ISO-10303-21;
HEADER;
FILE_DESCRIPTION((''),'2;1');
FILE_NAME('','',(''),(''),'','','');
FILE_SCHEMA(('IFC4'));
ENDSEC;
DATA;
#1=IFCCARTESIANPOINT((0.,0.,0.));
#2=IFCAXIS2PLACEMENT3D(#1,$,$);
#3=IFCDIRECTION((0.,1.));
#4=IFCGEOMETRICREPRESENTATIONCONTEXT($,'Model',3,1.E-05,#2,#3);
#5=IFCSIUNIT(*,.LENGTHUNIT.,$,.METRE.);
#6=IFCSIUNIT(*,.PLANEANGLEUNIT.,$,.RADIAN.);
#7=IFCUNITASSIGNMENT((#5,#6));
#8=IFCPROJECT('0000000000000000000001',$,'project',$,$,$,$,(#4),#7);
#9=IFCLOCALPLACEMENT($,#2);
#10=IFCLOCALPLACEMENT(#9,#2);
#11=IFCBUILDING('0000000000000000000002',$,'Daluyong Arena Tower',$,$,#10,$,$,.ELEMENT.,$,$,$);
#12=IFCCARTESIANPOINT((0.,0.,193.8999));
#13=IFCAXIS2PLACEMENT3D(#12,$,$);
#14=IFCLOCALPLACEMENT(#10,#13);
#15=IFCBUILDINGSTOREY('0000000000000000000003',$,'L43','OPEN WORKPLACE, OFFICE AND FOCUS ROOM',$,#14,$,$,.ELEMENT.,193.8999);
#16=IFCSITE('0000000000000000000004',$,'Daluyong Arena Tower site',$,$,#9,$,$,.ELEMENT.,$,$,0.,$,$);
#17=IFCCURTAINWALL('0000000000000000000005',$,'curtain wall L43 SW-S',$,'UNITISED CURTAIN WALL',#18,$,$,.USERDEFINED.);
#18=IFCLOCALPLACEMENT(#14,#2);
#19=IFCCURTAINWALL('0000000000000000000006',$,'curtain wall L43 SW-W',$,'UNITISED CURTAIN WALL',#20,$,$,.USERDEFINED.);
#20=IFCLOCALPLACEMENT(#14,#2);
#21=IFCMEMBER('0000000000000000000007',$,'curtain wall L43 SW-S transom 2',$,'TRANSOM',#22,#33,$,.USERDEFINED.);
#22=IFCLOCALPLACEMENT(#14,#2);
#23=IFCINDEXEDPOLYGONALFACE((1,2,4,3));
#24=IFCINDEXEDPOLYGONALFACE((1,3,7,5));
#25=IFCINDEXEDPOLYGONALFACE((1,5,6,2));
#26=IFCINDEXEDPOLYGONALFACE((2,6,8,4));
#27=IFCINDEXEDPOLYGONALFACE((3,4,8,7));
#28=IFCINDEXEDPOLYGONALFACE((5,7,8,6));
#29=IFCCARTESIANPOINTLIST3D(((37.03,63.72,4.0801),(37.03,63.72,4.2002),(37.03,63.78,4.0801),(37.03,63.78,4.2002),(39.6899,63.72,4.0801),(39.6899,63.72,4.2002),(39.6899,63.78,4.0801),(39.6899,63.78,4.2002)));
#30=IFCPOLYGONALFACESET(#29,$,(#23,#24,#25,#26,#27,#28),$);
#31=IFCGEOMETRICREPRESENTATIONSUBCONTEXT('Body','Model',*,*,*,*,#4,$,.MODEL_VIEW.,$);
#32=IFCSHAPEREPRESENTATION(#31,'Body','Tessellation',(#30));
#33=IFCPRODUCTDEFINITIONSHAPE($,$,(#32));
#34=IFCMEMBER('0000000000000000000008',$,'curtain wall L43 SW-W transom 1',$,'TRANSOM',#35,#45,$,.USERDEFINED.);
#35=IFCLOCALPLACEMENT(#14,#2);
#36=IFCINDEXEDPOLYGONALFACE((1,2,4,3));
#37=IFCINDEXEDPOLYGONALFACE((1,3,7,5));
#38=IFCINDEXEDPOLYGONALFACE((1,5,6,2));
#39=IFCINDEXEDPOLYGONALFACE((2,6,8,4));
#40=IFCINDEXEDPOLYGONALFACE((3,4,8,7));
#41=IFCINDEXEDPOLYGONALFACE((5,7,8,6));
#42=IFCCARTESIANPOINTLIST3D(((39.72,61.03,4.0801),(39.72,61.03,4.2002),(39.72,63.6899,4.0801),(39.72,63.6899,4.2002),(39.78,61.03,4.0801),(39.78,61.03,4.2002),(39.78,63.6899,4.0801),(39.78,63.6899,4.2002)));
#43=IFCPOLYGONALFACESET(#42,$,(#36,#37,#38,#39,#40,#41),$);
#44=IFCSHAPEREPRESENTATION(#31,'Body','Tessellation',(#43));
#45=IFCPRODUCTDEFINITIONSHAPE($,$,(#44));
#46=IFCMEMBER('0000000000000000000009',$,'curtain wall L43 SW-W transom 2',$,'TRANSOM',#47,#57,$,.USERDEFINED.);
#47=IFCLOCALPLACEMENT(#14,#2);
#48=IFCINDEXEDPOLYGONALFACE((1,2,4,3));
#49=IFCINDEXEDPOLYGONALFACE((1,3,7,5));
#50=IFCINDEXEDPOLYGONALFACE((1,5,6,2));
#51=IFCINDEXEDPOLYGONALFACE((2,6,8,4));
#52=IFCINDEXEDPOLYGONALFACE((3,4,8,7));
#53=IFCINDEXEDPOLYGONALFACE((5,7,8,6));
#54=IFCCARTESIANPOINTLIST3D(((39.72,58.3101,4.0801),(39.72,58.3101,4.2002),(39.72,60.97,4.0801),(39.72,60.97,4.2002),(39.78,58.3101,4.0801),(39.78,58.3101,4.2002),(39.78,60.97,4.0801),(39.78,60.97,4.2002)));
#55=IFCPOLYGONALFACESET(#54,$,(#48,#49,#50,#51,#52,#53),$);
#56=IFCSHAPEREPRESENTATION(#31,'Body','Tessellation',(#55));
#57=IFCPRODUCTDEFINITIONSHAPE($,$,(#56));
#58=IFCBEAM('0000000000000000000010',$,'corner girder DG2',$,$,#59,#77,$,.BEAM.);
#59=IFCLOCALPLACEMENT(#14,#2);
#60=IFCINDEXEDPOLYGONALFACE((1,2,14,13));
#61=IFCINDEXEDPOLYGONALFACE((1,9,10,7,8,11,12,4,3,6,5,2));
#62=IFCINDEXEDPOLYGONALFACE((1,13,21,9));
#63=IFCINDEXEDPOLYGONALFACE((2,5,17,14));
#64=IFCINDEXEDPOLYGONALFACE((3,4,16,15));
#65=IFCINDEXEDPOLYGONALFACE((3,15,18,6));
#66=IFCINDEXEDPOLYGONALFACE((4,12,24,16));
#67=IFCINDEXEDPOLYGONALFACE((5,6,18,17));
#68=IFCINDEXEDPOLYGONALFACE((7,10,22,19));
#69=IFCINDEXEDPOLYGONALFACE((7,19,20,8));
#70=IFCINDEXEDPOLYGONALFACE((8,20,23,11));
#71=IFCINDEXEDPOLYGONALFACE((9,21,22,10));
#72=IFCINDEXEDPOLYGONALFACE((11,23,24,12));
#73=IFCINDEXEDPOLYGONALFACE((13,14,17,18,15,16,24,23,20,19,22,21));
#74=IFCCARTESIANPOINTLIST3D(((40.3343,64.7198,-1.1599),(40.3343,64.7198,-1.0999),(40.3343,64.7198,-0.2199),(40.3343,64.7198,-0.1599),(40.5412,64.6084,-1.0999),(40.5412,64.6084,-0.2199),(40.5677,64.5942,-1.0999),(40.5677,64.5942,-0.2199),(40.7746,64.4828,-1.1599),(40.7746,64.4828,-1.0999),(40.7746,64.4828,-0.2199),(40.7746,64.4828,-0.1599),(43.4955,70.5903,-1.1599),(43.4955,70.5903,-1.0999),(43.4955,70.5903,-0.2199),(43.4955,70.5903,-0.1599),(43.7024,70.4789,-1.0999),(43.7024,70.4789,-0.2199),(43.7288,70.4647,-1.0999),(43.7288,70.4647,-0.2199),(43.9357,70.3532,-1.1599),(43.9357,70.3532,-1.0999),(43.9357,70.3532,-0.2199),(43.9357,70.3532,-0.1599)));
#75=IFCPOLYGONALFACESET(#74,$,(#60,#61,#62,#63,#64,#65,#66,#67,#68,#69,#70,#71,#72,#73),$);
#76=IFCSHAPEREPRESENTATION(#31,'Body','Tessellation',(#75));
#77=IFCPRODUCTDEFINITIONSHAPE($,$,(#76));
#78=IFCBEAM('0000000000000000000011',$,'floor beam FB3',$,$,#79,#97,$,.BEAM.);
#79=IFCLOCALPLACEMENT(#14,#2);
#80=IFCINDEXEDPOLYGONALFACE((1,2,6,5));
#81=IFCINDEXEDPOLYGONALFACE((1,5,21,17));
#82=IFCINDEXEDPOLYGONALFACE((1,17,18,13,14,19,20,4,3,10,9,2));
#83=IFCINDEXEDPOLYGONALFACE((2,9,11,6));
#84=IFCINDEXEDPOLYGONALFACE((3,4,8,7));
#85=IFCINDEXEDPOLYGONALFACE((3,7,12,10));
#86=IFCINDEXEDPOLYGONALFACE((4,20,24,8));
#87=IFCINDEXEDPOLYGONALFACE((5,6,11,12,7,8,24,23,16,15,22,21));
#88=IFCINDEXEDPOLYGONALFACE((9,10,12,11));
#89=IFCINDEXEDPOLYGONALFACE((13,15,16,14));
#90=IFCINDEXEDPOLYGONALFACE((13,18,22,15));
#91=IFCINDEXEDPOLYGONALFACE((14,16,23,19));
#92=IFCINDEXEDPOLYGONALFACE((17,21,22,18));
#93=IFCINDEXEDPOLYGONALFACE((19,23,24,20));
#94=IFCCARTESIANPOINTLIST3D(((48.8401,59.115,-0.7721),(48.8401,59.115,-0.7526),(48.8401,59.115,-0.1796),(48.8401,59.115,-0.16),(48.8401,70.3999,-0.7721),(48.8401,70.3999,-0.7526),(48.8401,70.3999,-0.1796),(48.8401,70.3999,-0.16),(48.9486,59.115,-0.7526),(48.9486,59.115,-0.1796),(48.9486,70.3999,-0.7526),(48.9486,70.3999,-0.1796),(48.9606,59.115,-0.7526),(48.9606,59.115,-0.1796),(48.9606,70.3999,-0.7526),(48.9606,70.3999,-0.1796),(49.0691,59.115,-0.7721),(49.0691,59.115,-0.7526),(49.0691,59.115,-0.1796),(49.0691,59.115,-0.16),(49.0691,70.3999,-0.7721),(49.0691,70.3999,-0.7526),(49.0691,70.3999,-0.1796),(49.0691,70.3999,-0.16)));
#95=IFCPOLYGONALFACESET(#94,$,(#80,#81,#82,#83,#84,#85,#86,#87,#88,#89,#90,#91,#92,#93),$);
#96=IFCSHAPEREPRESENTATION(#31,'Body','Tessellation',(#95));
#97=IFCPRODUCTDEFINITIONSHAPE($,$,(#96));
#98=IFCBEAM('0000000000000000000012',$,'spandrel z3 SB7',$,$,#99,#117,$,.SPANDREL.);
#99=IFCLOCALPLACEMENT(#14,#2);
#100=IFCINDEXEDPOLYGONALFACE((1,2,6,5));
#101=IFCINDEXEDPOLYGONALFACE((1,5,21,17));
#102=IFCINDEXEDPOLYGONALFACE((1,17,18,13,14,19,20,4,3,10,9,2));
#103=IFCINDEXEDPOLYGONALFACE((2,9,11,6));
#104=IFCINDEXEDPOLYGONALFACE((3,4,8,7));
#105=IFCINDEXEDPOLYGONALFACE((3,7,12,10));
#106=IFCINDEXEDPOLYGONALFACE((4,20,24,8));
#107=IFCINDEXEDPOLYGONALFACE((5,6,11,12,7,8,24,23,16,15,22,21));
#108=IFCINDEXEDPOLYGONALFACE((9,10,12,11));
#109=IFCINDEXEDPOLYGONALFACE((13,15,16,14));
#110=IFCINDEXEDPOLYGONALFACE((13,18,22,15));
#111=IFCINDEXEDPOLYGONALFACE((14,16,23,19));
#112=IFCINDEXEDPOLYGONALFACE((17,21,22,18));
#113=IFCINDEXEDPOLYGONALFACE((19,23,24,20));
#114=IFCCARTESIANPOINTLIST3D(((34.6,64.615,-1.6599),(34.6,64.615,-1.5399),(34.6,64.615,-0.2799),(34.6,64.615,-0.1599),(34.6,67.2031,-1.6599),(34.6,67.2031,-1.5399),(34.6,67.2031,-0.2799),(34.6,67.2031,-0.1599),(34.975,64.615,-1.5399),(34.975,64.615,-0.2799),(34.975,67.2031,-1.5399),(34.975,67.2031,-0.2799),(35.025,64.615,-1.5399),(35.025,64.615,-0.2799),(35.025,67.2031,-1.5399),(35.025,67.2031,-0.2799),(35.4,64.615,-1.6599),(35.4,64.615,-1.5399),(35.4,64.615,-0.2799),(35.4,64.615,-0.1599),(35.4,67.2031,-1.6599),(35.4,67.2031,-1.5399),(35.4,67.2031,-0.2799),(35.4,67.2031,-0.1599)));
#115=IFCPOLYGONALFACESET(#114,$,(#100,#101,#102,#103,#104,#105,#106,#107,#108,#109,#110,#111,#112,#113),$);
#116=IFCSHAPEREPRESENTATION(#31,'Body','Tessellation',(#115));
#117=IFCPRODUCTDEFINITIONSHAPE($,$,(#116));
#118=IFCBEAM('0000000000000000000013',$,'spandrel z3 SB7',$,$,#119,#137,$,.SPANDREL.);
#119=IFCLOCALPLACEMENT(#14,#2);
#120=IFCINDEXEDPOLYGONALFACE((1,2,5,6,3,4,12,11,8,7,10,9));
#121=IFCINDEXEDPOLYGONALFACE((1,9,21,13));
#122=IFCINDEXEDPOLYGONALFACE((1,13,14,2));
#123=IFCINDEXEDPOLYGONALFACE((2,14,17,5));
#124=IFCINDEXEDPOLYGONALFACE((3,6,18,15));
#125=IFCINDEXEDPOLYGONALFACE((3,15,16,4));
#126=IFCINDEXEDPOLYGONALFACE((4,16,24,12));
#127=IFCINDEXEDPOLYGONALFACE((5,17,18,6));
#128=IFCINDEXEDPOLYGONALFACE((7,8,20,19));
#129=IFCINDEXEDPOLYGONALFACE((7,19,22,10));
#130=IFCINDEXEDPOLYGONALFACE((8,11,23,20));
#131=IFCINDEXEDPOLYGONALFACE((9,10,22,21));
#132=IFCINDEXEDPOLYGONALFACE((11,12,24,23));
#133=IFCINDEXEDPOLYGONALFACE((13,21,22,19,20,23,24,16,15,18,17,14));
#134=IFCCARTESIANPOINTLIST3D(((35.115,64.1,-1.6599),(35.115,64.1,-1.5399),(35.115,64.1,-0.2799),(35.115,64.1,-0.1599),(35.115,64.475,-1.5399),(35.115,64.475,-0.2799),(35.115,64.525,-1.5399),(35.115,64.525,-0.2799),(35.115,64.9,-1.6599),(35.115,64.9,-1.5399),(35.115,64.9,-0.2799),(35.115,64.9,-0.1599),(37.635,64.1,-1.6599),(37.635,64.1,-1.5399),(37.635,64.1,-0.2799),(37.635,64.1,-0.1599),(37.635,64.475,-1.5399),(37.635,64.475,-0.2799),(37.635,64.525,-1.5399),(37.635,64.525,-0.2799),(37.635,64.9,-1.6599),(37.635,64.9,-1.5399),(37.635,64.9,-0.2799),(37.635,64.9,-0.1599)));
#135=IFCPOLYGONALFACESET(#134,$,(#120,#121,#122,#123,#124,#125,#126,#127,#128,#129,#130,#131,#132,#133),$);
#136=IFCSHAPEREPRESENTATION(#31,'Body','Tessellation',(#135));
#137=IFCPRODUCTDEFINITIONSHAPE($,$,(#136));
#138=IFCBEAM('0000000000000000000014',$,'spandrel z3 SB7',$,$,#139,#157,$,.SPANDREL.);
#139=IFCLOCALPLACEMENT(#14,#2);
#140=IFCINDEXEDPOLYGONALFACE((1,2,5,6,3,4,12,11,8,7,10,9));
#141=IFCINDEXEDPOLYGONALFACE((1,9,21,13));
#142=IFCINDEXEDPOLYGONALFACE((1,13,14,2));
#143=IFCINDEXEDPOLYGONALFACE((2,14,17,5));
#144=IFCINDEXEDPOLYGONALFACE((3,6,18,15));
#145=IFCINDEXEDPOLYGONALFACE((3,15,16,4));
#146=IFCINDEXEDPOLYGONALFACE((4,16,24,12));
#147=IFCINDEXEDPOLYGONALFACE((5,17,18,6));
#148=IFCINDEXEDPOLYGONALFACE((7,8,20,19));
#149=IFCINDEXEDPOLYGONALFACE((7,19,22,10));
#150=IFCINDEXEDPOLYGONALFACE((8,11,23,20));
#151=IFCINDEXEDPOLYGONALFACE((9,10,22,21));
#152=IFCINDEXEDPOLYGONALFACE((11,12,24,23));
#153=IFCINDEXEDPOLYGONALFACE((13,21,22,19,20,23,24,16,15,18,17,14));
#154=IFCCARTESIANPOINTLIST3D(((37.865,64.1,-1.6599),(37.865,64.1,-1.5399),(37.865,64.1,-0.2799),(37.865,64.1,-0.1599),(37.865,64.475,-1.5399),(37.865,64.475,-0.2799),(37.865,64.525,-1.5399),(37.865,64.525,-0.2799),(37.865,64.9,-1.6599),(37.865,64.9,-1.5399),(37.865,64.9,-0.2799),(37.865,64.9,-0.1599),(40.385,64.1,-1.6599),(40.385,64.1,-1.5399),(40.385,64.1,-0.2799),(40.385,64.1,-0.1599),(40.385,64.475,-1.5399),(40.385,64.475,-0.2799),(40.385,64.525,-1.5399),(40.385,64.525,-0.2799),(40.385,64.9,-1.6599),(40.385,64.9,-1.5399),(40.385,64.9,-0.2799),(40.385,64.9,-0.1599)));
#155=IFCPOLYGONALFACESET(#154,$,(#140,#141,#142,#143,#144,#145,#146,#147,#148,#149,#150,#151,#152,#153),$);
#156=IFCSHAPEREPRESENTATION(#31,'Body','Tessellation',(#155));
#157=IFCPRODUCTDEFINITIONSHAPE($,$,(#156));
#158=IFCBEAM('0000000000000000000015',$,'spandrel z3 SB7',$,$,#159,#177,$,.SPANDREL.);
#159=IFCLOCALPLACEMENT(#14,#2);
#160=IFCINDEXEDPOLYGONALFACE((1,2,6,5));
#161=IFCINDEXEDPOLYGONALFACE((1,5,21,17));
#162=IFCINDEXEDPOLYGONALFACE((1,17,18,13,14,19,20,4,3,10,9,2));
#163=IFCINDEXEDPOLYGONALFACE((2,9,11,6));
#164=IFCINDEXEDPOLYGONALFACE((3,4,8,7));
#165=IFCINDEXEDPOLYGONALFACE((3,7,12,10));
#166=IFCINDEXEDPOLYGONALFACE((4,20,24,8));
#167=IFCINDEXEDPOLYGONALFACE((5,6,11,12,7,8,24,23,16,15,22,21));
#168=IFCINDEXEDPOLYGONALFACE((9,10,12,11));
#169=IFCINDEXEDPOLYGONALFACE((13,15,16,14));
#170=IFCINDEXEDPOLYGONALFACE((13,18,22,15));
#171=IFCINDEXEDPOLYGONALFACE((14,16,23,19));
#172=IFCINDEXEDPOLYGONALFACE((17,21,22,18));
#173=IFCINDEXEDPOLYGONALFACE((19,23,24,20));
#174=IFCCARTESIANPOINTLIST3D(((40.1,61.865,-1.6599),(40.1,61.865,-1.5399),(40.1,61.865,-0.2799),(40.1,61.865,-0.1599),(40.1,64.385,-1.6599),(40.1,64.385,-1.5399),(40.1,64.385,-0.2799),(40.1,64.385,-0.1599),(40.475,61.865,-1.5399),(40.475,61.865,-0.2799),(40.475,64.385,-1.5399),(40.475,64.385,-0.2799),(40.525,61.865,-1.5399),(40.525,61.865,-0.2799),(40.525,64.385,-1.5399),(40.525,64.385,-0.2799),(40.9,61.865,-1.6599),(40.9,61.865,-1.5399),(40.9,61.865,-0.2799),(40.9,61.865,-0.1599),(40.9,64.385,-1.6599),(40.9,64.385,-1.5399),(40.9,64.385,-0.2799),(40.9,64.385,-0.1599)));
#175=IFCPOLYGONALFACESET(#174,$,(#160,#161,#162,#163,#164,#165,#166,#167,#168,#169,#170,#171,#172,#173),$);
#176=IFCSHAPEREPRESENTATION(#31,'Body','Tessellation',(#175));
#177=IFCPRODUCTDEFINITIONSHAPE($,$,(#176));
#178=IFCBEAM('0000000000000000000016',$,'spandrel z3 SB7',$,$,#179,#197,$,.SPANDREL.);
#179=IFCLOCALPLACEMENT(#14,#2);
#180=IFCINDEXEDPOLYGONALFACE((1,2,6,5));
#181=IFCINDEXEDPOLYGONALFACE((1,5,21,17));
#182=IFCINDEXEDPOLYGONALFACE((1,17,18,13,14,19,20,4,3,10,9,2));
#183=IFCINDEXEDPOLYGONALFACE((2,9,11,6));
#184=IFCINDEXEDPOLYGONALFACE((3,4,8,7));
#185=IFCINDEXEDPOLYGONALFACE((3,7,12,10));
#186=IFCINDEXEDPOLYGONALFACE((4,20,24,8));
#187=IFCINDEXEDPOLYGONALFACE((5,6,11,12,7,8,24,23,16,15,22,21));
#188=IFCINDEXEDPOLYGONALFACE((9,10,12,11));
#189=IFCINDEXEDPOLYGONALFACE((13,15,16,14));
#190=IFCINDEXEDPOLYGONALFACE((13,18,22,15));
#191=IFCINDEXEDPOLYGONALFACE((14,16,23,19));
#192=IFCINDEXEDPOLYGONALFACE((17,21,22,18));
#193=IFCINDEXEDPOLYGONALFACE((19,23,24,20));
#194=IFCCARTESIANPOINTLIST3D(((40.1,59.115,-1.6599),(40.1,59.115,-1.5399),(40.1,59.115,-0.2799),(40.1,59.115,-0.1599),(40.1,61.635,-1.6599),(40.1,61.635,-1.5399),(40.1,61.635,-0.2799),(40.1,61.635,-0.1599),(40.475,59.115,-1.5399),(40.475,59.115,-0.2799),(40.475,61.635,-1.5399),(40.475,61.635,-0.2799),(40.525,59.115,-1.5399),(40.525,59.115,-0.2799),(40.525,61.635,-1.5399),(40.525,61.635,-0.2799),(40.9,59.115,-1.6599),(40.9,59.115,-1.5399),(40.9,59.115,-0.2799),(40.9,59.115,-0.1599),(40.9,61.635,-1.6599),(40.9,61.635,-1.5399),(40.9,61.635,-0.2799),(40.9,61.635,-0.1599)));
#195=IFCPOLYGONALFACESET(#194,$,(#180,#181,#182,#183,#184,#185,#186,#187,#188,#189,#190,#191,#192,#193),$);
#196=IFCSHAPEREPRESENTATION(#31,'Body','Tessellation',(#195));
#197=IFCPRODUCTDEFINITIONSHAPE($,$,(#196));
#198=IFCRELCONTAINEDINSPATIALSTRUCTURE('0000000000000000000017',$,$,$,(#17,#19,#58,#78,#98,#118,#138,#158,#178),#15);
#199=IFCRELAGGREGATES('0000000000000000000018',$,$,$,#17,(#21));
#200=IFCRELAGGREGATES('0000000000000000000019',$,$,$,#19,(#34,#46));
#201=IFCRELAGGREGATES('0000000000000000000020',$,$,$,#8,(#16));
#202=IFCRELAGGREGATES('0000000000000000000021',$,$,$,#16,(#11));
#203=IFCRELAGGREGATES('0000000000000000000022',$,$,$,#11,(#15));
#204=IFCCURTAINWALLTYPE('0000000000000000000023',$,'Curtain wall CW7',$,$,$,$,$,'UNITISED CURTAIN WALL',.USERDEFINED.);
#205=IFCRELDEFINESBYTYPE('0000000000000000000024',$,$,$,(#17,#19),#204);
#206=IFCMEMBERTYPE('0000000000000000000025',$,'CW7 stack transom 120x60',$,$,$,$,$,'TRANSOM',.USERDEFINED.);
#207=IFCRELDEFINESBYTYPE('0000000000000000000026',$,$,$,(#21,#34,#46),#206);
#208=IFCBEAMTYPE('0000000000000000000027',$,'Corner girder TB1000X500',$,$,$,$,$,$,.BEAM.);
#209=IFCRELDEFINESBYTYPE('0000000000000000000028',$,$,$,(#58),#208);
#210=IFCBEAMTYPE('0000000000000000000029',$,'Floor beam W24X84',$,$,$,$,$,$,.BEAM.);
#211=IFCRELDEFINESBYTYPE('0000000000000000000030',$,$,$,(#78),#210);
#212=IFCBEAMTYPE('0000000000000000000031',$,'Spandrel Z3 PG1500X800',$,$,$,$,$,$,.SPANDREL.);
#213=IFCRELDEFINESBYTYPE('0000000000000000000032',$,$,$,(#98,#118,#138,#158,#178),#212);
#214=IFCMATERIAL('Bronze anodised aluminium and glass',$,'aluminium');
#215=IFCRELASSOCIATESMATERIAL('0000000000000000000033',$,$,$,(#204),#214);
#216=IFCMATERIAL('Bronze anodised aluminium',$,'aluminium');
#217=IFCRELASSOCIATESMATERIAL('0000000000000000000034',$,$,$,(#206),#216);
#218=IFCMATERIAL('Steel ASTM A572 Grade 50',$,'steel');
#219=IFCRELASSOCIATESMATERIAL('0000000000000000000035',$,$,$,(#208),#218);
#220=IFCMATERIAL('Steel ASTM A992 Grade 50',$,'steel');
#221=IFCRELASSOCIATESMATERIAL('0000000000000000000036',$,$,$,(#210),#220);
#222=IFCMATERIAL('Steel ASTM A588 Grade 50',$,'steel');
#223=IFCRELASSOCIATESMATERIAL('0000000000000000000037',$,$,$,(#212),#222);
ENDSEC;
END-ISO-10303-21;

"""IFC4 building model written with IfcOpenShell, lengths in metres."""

from ifc_helpers import new_model, si_unit, direction, frame, origin, origin_2d, place, context, subcontext, project, spatial, rectangle, i_section, extrude, material, material_profile, profile_set, type_object, element, aggregate, save


model = new_model("IFC4")

# Units and contexts
model_context = context("Model", 3, precision=1e-05, world=origin(), true_north=direction((0.0, 1.0)))
body_context = subcontext(model_context, "Body", "Model", "MODEL_VIEW")
ifc_project = project(units=[si_unit("LENGTHUNIT", "METRE"), si_unit("PLANEANGLEUNIT", "RADIAN")], contexts=[model_context])

# Site, building, storey
site_placement = place(None, origin())
site = spatial("IfcSite", under=ifc_project, at=site_placement, Name="Daluyong Arena Tower site", CompositionType="ELEMENT", RefElevation=0.0)
building_placement = place(site_placement, origin())
building = spatial("IfcBuilding", under=site, at=building_placement, Name="Daluyong Arena Tower", CompositionType="ELEMENT")
storey_placement = place(building_placement, frame((0.0, 0.0, 193.8999)))
storey = spatial("IfcBuildingStorey", under=building, at=storey_placement, Name="L43", Description="OPEN WORKPLACE, OFFICE AND FOCUS ROOM", CompositionType="ELEMENT", Elevation=193.8999)

# Curtain walls
ifc_material_1 = material(Name="Bronze anodised aluminium and glass", Category="aluminium")
curtain_wall_type_1 = type_object("IfcCurtainWallType", Name="Curtain wall CW7", ElementType="UNITISED CURTAIN WALL", PredefinedType="USERDEFINED", material=ifc_material_1)
curtain_wall_1_placement = place(storey_placement, origin())
curtain_wall_1 = element("IfcCurtainWall", 1, at=curtain_wall_1_placement, inside=storey, type_object=curtain_wall_type_1, Name="curtain wall L43 SW-S", ObjectType="UNITISED CURTAIN WALL", PredefinedType="USERDEFINED")
curtain_wall_2_placement = place(storey_placement, origin())
curtain_wall_2 = element("IfcCurtainWall", 2, at=curtain_wall_2_placement, inside=storey, type_object=curtain_wall_type_1, Name="curtain wall L43 SW-W", ObjectType="UNITISED CURTAIN WALL", PredefinedType="USERDEFINED")

# Members
ifc_material_2 = material(Name="Bronze anodised aluminium", Category="aluminium")
ifc_material_profile_1 = material_profile(ifc_material_2, rectangle(XDim=0.0601, YDim=0.1201, at=origin_2d()))
ifc_profile_set_1 = profile_set([ifc_material_profile_1], Name="Bronze anodised aluminium")
member_type_1 = type_object("IfcMemberType", Name="CW7 stack transom 120x60", ElementType="TRANSOM", PredefinedType="USERDEFINED", material=ifc_profile_set_1)
member_1_placement = place(storey_placement, frame((37.03, 63.75, 4.1401), z_axis=(1.0, 0.0, 0.0), x_axis=(0.0, 1.0, 0.0)))
member_1 = element("IfcMember", 3, at=member_1_placement, type_object=member_type_1, Name="curtain wall L43 SW-S transom 2", ObjectType="TRANSOM", PredefinedType="USERDEFINED", context=body_context, shape_type="SweptSolid", body=[
    extrude(rectangle(XDim=0.0601, YDim=0.1201, at=origin_2d()), origin(), (0.0, 0.0, 1.0), 2.6599),
])
member_2_placement = place(storey_placement, frame((39.75, 63.6899, 4.1401), z_axis=(0.0, -1.0, 0.0), x_axis=(1.0, 0.0, 0.0)))
member_2 = element("IfcMember", 4, at=member_2_placement, type_object=member_type_1, Name="curtain wall L43 SW-W transom 1", ObjectType="TRANSOM", PredefinedType="USERDEFINED", context=body_context, shape_type="SweptSolid", body=[
    extrude(rectangle(XDim=0.0601, YDim=0.1201, at=origin_2d()), origin(), (0.0, 0.0, 1.0), 2.6599),
])
member_3_placement = place(storey_placement, frame((39.75, 60.97, 4.1401), z_axis=(0.0, -1.0, 0.0), x_axis=(1.0, 0.0, 0.0)))
member_3 = element("IfcMember", 5, at=member_3_placement, type_object=member_type_1, Name="curtain wall L43 SW-W transom 2", ObjectType="TRANSOM", PredefinedType="USERDEFINED", context=body_context, shape_type="SweptSolid", body=[
    extrude(rectangle(XDim=0.0601, YDim=0.1201, at=origin_2d()), origin(), (0.0, 0.0, 1.0), 2.6599),
])

# Beams
ifc_material_3 = material(Name="Steel ASTM A572 Grade 50", Category="steel")
ifc_material_profile_2 = material_profile(ifc_material_3, i_section(OverallWidth=0.5, OverallDepth=1.0, WebThickness=0.03, FlangeThickness=0.06, at=origin_2d()))
ifc_profile_set_2 = profile_set([ifc_material_profile_2], Name="Steel ASTM A572 Grade 50")
beam_type_1 = type_object("IfcBeamType", Name="Corner girder TB1000X500", PredefinedType="BEAM", material=ifc_profile_set_2)
beam_1_placement = place(storey_placement, frame((40.5544, 64.6013, -0.6599), z_axis=(0.474119, 0.880461, 0.0), x_axis=(-0.880461, 0.474119, 0.0)))
element("IfcBeam", 6, at=beam_1_placement, inside=storey, type_object=beam_type_1, Name="corner girder DG2", PredefinedType="BEAM", context=body_context, shape_type="SweptSolid", body=[
    extrude(i_section(OverallWidth=0.5, OverallDepth=1.0, WebThickness=0.03, FlangeThickness=0.06, at=origin_2d()), origin(), (0.0, 0.0, 1.0), 6.6675),
])
ifc_material_4 = material(Name="Steel ASTM A992 Grade 50", Category="steel")
ifc_material_profile_3 = material_profile(ifc_material_4, i_section(OverallWidth=0.229, OverallDepth=0.6121, WebThickness=0.012, FlangeThickness=0.0195, at=origin_2d()))
ifc_profile_set_3 = profile_set([ifc_material_profile_3], Name="Steel ASTM A992 Grade 50")
beam_type_2 = type_object("IfcBeamType", Name="Floor beam W24X84", PredefinedType="BEAM", material=ifc_profile_set_3)
beam_2_placement = place(storey_placement, frame((48.9546, 59.115, -0.4661), z_axis=(0.0, 1.0, 0.0), x_axis=(-1.0, 0.0, 0.0)))
element("IfcBeam", 7, at=beam_2_placement, inside=storey, type_object=beam_type_2, Name="floor beam FB3", PredefinedType="BEAM", context=body_context, shape_type="SweptSolid", body=[
    extrude(i_section(OverallWidth=0.229, OverallDepth=0.6121, WebThickness=0.012, FlangeThickness=0.0195, at=origin_2d()), origin(), (0.0, 0.0, 1.0), 11.2849),
])
ifc_material_5 = material(Name="Steel ASTM A588 Grade 50", Category="steel")
ifc_material_profile_4 = material_profile(ifc_material_5, i_section(OverallWidth=0.8, OverallDepth=1.5, WebThickness=0.05, FlangeThickness=0.12, at=origin_2d()))
ifc_profile_set_4 = profile_set([ifc_material_profile_4], Name="Steel ASTM A588 Grade 50")
beam_type_3 = type_object("IfcBeamType", Name="Spandrel Z3 PG1500X800", PredefinedType="SPANDREL", material=ifc_profile_set_4)
beam_3_placement = place(storey_placement, frame((35.0, 67.2031, -0.9099), z_axis=(0.0, -1.0, 0.0), x_axis=(1.0, 0.0, 0.0)))
element("IfcBeam", 8, at=beam_3_placement, inside=storey, type_object=beam_type_3, Name="spandrel z3 SB7", PredefinedType="SPANDREL", context=body_context, shape_type="SweptSolid", body=[
    extrude(i_section(OverallWidth=0.8, OverallDepth=1.5, WebThickness=0.05, FlangeThickness=0.12, at=origin_2d()), origin(), (0.0, 0.0, 1.0), 2.5881),
])
for number, where, z_axis, x_axis, name in (
    (9, (35.115, 64.5, -0.9099), (1.0, 0.0, 0.0), (0.0, 1.0, 0.0), "spandrel z3 SB7"),
    (10, (37.865, 64.5, -0.9099), (1.0, 0.0, 0.0), (0.0, 1.0, 0.0), "spandrel z3 SB7"),
    (11, (40.5, 64.385, -0.9099), (0.0, -1.0, 0.0), (1.0, 0.0, 0.0), "spandrel z3 SB7"),
    (12, (40.5, 61.635, -0.9099), (0.0, -1.0, 0.0), (1.0, 0.0, 0.0), "spandrel z3 SB7"),
):
    element("IfcBeam", number, at=place(storey_placement, frame(where, z_axis=z_axis, x_axis=x_axis)), inside=storey, type_object=beam_type_3, Name=name, PredefinedType="SPANDREL", context=body_context, shape_type="SweptSolid", body=[
        extrude(i_section(OverallWidth=0.8, OverallDepth=1.5, WebThickness=0.05, FlangeThickness=0.12, at=origin_2d()), origin(), (0.0, 0.0, 1.0), 2.52),
    ])

aggregate(curtain_wall_1, [member_1])
aggregate(curtain_wall_2, [member_2, member_3])

save(model, "model.ifc")
